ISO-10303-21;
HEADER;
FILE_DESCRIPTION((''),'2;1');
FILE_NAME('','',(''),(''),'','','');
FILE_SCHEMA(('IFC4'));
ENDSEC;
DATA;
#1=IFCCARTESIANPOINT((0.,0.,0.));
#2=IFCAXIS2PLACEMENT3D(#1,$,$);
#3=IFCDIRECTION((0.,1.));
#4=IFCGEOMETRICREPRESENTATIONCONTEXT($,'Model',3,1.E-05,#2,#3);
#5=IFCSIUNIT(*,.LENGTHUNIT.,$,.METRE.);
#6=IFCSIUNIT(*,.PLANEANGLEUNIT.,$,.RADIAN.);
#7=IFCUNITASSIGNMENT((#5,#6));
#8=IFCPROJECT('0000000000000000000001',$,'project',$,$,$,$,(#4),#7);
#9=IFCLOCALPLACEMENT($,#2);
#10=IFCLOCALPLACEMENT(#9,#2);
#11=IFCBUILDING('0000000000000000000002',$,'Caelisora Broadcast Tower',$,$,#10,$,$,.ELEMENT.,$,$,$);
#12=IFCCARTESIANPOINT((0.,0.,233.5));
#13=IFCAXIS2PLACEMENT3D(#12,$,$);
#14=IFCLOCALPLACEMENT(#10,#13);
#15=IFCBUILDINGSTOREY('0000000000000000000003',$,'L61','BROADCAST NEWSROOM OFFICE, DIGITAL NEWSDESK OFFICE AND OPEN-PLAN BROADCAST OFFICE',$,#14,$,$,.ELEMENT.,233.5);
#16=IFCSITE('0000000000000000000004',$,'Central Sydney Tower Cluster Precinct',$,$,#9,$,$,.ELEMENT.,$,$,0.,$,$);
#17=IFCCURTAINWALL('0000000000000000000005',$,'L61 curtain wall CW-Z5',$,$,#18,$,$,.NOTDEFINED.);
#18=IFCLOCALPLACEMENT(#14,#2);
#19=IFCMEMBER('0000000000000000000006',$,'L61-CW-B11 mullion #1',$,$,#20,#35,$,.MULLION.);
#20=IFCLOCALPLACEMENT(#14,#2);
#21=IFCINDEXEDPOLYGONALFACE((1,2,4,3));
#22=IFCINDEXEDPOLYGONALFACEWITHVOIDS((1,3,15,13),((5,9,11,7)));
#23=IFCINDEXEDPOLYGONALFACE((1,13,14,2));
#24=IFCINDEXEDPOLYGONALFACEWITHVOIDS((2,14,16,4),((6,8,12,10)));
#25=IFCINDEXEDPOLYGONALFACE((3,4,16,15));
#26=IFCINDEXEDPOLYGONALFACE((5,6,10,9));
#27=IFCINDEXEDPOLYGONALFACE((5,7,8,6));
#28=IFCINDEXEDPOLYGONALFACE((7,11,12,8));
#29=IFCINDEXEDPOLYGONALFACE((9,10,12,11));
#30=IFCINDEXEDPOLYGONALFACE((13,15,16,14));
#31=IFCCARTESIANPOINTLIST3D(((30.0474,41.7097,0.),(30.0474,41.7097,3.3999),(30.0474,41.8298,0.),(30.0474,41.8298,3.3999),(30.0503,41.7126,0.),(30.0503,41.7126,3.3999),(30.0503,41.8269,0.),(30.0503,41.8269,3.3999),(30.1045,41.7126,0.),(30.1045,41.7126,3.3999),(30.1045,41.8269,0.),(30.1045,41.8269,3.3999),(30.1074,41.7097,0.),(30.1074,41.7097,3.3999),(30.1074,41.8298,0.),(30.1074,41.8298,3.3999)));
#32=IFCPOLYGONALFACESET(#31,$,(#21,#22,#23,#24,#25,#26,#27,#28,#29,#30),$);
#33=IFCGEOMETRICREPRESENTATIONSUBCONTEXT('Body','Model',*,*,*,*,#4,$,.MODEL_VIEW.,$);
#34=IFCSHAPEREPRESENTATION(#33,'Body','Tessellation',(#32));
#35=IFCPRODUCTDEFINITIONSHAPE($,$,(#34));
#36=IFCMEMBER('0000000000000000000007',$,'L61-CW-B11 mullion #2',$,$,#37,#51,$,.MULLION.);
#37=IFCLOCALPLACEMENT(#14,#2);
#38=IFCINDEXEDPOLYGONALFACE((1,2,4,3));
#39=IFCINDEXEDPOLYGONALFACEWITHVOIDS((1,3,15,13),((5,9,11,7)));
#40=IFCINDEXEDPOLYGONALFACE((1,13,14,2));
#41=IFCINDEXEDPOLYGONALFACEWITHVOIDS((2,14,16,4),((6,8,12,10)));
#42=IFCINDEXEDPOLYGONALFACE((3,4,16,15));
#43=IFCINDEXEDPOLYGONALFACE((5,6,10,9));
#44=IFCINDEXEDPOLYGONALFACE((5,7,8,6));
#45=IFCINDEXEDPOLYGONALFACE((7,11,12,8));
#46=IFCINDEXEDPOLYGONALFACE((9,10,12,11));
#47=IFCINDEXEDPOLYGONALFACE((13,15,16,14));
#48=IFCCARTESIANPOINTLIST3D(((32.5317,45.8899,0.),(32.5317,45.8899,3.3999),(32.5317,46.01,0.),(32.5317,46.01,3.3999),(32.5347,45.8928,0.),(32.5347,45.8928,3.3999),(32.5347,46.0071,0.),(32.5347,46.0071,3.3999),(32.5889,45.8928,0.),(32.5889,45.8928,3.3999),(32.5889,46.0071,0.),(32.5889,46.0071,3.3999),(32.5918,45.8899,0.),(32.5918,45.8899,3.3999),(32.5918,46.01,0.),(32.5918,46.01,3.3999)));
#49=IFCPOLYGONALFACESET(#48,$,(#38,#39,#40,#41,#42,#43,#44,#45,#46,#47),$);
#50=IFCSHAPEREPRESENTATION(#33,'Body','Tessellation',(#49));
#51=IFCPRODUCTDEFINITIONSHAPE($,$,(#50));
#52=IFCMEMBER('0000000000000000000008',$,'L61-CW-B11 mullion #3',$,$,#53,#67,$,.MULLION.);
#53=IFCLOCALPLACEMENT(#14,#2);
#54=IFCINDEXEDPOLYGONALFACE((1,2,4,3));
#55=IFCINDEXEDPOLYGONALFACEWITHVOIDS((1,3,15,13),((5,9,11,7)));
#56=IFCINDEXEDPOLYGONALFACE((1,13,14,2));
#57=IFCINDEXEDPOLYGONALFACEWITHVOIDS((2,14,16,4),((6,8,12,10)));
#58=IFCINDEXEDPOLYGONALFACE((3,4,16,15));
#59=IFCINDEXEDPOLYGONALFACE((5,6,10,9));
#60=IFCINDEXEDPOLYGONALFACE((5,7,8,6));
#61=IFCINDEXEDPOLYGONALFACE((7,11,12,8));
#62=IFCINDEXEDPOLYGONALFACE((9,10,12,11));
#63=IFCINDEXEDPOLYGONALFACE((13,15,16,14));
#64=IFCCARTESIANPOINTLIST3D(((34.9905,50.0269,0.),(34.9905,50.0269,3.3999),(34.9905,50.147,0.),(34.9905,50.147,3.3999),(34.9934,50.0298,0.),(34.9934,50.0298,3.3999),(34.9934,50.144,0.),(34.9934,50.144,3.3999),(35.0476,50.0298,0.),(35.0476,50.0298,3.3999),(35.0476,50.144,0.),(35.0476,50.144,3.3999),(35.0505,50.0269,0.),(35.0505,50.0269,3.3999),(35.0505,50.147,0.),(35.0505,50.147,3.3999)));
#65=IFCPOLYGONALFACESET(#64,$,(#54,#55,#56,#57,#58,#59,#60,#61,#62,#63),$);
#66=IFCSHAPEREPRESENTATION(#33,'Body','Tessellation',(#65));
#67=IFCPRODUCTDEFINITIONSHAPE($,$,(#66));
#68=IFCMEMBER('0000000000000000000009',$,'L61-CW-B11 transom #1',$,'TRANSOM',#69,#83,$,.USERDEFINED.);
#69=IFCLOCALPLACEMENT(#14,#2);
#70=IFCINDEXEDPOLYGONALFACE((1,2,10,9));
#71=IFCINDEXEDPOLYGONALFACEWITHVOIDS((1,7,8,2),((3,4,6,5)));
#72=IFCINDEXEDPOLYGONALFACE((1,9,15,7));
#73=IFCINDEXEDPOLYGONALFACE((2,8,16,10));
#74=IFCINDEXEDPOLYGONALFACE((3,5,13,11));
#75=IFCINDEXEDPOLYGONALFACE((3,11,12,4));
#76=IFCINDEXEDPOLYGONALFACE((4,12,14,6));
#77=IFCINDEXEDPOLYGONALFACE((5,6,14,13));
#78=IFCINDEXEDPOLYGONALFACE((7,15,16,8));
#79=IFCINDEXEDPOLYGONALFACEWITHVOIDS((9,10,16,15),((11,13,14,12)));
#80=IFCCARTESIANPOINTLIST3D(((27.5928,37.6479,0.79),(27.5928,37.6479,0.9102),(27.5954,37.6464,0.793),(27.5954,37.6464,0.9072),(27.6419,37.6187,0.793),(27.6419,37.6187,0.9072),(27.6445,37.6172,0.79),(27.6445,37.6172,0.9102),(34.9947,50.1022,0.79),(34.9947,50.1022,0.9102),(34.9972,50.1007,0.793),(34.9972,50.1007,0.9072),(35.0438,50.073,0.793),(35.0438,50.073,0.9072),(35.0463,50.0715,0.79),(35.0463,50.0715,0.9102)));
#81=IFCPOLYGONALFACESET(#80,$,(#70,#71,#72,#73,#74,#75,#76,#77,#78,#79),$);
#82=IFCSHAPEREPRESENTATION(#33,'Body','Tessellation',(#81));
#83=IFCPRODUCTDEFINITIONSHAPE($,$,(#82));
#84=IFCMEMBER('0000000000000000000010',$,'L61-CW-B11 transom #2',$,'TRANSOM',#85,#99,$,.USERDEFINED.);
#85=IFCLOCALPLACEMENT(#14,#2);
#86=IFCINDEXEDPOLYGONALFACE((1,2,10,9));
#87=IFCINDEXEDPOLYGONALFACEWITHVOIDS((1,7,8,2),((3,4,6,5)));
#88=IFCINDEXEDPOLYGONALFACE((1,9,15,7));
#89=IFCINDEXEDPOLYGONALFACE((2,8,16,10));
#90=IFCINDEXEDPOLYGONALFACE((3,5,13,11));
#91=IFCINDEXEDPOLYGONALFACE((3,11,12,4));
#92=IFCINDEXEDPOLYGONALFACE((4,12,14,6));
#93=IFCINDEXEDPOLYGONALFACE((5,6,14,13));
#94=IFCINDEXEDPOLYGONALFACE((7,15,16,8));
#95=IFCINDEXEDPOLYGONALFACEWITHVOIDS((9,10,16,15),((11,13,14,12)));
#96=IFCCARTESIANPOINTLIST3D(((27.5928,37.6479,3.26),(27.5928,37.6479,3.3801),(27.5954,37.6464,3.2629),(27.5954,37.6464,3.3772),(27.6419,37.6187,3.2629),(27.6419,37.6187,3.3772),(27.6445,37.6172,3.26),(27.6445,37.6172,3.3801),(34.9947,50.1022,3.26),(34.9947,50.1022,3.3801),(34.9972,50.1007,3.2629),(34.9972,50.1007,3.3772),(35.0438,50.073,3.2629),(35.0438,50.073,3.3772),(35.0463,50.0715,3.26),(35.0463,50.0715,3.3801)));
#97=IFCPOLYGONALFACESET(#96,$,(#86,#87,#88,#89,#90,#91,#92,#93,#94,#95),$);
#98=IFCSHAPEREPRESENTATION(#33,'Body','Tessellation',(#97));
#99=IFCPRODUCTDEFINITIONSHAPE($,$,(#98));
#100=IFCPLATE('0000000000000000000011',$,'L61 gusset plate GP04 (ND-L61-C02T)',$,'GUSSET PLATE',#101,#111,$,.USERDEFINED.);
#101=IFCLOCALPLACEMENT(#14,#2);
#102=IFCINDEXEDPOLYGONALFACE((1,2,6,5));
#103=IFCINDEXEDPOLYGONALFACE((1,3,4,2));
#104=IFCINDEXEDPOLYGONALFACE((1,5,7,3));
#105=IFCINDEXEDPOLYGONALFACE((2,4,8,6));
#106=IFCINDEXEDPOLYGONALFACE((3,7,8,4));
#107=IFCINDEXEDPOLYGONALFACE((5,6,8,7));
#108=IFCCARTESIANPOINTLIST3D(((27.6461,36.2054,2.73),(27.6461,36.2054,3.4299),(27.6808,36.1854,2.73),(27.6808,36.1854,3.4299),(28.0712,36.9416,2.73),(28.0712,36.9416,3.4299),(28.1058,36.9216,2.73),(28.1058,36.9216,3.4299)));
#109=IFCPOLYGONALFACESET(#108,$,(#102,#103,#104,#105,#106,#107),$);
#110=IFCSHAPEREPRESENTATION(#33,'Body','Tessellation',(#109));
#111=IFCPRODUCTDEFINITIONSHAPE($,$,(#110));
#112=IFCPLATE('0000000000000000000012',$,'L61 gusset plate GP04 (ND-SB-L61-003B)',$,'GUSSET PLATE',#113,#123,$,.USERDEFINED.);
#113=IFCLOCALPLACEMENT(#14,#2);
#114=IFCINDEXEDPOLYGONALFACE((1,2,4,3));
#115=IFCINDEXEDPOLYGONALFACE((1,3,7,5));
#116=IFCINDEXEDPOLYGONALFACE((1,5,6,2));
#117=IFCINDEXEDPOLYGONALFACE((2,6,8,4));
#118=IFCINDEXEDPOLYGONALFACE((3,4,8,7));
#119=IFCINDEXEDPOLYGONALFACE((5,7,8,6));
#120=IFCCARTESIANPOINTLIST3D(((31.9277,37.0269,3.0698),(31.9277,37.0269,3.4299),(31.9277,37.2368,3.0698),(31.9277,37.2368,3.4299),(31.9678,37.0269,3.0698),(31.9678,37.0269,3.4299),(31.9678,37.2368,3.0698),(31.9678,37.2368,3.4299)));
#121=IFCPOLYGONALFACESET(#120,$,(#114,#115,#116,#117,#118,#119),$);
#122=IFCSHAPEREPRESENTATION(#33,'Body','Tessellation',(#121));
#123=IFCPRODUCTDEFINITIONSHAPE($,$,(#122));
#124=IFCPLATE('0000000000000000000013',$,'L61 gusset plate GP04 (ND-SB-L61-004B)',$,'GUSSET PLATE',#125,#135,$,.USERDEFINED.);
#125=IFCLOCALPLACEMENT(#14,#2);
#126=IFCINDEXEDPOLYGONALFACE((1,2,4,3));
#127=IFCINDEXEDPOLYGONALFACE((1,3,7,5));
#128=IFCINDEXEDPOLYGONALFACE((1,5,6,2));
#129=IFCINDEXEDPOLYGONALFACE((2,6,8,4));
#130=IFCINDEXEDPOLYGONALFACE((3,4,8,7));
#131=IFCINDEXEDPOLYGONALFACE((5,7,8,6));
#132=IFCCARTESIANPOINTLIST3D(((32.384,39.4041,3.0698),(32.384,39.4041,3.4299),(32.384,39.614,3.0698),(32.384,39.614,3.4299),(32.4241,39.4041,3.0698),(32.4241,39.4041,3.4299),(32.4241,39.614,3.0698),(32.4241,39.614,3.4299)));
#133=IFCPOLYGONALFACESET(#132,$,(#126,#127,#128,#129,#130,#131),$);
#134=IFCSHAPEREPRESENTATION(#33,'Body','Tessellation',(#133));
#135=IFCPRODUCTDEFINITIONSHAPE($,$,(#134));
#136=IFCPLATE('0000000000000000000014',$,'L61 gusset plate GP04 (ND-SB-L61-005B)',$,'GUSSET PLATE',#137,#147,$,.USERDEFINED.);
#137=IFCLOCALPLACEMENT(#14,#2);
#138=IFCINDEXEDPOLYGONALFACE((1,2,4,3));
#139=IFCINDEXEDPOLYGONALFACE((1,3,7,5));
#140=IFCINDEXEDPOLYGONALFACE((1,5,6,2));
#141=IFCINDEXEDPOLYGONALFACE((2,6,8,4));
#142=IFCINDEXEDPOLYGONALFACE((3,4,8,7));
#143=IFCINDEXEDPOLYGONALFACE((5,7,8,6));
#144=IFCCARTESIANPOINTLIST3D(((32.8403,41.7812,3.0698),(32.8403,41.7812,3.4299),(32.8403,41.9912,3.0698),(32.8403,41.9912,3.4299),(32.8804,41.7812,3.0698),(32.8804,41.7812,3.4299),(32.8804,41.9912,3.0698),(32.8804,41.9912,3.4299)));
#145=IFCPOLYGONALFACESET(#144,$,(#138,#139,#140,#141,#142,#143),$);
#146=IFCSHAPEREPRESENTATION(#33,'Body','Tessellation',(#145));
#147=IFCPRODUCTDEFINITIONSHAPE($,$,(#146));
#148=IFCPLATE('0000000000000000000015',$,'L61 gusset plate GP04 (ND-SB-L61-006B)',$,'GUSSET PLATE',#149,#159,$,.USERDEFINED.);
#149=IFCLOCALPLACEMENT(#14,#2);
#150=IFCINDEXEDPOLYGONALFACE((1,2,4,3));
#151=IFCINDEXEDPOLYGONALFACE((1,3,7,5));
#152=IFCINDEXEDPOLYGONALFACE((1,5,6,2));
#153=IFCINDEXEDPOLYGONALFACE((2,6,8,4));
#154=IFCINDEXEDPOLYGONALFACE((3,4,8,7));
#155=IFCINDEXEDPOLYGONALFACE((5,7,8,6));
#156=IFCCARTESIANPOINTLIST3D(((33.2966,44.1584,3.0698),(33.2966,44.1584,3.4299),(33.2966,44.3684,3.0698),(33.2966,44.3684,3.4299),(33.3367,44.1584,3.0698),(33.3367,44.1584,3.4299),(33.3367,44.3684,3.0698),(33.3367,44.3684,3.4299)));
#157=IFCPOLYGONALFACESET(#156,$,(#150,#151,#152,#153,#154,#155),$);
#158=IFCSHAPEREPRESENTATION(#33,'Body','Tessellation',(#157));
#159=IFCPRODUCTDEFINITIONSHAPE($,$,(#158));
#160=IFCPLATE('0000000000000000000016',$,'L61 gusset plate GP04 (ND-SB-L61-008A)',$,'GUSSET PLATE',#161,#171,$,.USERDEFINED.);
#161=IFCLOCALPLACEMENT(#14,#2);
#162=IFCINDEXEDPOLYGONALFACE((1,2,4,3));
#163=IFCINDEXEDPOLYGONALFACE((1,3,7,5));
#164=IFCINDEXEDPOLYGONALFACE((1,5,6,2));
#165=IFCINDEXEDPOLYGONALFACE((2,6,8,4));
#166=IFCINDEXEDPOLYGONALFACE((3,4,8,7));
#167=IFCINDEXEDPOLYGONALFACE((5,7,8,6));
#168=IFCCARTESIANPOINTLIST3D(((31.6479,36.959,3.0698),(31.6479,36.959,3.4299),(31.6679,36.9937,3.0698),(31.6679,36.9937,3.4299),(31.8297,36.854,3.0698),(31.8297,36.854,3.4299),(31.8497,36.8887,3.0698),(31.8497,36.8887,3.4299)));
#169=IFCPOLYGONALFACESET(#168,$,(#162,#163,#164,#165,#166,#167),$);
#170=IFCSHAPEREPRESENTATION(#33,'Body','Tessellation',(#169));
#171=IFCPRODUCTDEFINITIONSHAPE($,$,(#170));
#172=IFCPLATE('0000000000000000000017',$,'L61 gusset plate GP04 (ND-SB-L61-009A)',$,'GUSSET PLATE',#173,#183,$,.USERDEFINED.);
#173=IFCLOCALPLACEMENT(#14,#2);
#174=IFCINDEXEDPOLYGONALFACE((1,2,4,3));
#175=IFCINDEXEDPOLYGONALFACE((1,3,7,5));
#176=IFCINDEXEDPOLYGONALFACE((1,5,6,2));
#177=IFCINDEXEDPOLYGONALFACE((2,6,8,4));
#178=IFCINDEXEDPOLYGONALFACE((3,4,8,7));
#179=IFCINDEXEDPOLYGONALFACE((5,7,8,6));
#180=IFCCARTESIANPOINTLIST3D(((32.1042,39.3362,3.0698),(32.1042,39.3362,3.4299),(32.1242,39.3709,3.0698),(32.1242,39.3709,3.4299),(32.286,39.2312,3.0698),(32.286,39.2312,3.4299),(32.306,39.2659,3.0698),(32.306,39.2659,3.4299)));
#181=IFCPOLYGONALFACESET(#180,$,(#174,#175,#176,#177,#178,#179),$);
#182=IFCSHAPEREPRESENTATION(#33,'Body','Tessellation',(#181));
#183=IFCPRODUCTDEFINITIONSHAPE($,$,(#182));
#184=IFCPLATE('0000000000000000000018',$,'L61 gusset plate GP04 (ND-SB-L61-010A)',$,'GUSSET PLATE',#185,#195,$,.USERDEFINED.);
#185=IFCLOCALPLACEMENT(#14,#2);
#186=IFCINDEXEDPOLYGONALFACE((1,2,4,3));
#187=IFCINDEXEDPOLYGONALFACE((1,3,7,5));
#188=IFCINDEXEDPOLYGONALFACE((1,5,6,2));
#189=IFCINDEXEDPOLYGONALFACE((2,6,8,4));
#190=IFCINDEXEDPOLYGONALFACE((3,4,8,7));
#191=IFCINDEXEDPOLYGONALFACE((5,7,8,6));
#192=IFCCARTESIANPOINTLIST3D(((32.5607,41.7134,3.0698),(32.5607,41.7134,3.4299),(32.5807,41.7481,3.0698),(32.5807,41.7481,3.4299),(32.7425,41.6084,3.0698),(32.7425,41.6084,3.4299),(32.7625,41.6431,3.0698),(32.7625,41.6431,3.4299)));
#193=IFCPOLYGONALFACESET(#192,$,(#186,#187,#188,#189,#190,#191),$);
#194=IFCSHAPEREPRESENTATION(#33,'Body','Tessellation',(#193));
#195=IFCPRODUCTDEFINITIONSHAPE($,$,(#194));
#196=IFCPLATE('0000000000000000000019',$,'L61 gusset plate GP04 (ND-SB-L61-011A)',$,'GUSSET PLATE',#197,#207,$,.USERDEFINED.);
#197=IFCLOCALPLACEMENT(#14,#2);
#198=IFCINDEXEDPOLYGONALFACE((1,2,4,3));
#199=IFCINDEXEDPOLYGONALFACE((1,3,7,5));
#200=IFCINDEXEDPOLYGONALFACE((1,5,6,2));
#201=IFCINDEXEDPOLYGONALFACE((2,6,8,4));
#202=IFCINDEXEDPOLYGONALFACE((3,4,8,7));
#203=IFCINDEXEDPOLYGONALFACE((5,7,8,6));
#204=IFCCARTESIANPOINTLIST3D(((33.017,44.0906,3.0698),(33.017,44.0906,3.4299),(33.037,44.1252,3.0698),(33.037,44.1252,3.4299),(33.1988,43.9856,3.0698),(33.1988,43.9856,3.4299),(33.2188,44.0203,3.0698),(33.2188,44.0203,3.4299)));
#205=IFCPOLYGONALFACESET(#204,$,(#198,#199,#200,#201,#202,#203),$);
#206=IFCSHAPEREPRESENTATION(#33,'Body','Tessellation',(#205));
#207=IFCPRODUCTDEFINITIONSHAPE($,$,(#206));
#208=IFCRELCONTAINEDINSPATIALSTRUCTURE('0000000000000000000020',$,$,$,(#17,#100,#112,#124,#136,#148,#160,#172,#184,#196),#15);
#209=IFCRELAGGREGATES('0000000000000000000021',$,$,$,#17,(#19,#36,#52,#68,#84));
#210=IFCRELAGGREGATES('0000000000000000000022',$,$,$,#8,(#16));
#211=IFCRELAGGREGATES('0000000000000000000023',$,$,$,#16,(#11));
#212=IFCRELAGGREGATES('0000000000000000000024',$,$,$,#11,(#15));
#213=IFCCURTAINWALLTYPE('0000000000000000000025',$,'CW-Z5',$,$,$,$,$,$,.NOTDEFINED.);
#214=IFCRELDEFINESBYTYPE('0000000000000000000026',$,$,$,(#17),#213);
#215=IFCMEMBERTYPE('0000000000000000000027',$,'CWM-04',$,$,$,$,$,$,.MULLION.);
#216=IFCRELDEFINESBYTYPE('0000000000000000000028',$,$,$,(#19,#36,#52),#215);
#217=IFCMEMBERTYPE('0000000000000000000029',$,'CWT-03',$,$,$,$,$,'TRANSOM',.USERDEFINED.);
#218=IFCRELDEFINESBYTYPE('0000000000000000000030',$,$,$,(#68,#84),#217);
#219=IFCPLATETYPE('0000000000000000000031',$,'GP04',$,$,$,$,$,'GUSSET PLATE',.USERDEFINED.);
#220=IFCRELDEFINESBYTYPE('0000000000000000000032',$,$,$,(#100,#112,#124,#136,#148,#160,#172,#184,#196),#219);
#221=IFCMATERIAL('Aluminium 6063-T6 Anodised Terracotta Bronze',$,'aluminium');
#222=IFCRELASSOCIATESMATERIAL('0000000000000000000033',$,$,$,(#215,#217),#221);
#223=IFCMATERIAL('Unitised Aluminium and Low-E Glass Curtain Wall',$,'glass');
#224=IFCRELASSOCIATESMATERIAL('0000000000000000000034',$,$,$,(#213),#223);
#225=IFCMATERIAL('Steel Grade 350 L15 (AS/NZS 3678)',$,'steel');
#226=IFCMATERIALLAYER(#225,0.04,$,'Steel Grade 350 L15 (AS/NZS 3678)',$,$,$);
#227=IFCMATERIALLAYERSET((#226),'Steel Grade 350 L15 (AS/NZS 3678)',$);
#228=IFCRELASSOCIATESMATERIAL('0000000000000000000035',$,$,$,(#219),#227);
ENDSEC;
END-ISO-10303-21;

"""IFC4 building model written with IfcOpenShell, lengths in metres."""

from ifc_helpers import new_model, si_unit, direction, frame, origin, origin_2d, place, context, subcontext, project, spatial, rectangle, hollow_rectangle, extrude, source, transform, mapped, material, layer, layer_set, material_profile, profile_set, type_object, type_shapes, element, aggregate, save


model = new_model("IFC4")

# Units and contexts
model_context = context("Model", 3, precision=1e-05, world=origin(), true_north=direction((0.0, 1.0)))
body_context = subcontext(model_context, "Body", "Model", "MODEL_VIEW")
ifc_project = project(units=[si_unit("LENGTHUNIT", "METRE"), si_unit("PLANEANGLEUNIT", "RADIAN")], contexts=[model_context])

# Site, building, storey
site_placement = place(None, origin())
site = spatial("IfcSite", under=ifc_project, at=site_placement, Name="Central Sydney Tower Cluster Precinct", CompositionType="ELEMENT", RefElevation=0.0)
building_placement = place(site_placement, origin())
building = spatial("IfcBuilding", under=site, at=building_placement, Name="Caelisora Broadcast Tower", CompositionType="ELEMENT")
storey_placement = place(building_placement, frame((0.0, 0.0, 233.5)))
storey = spatial("IfcBuildingStorey", under=building, at=storey_placement, Name="L61", Description="BROADCAST NEWSROOM OFFICE, DIGITAL NEWSDESK OFFICE AND OPEN-PLAN BROADCAST OFFICE", CompositionType="ELEMENT", Elevation=233.5)

# Shared definitions
ifc_material_1 = material(Name="Steel Grade 350 L15 (AS/NZS 3678)", Category="steel")

# Shared definitions
ifc_material_2 = material(Name="Aluminium 6063-T6 Anodised Terracotta Bronze", Category="aluminium")
ifc_material_profile_1 = material_profile(ifc_material_2, hollow_rectangle(XDim=0.0601, YDim=0.1201, WallThickness=0.0029, at=origin_2d()), Name="Aluminium 6063-T6 Anodised Terracotta Bronze")
ifc_profile_set_1 = profile_set([ifc_material_profile_1], Name="Aluminium 6063-T6 Anodised Terracotta Bronze")
member_type_1 = type_object("IfcMemberType", Name="CWM-04", PredefinedType="MULLION", material=ifc_profile_set_1)
shared_shape_1 = source(origin(), body_context, "Body", "SweptSolid", [
    extrude(hollow_rectangle(XDim=0.0601, YDim=0.1201, WallThickness=0.0029, at=origin_2d()), origin(), (0.0, 0.0, 1.0), 3.3999),
])
type_shapes(member_type_1, [shared_shape_1])

# Curtain wall, members
ifc_material_3 = material(Name="Unitised Aluminium and Low-E Glass Curtain Wall", Category="glass")
curtain_wall_type_1 = type_object("IfcCurtainWallType", Name="CW-Z5", PredefinedType="NOTDEFINED", material=ifc_material_3)
curtain_wall_1_placement = place(storey_placement, origin())
curtain_wall_1 = element("IfcCurtainWall", 1, at=curtain_wall_1_placement, inside=storey, type_object=curtain_wall_type_1, Name="L61 curtain wall CW-Z5", PredefinedType="NOTDEFINED")
member_1_placement = place(storey_placement, frame((30.0774, 41.7698, 0.0), z_axis=(0.0, 0.0, 1.0), x_axis=(1.0, 0.0, 0.0)))
member_1 = element("IfcMember", 2, at=member_1_placement, type_object=member_type_1, Name="L61-CW-B11 mullion #1", PredefinedType="MULLION", context=body_context, shape_type="MappedRepresentation", body=[
    mapped(shared_shape_1, transform((0.0, 0.0, 0.0), scale=1.0)),
])
member_2_placement = place(storey_placement, frame((32.5618, 45.95, 0.0), z_axis=(0.0, 0.0, 1.0), x_axis=(1.0, 0.0, 0.0)))
member_2 = element("IfcMember", 3, at=member_2_placement, type_object=member_type_1, Name="L61-CW-B11 mullion #2", PredefinedType="MULLION", context=body_context, shape_type="MappedRepresentation", body=[
    mapped(shared_shape_1, transform((0.0, 0.0, 0.0), scale=1.0)),
])
member_3_placement = place(storey_placement, frame((35.0205, 50.0869, 0.0), z_axis=(0.0, 0.0, 1.0), x_axis=(1.0, 0.0, 0.0)))
member_3 = element("IfcMember", 4, at=member_3_placement, type_object=member_type_1, Name="L61-CW-B11 mullion #3", PredefinedType="MULLION", context=body_context, shape_type="MappedRepresentation", body=[
    mapped(shared_shape_1, transform((0.0, 0.0, 0.0), scale=1.0)),
])
ifc_material_profile_2 = material_profile(ifc_material_2, hollow_rectangle(XDim=0.0601, YDim=0.1201, WallThickness=0.0029, at=origin_2d()), Name="Aluminium 6063-T6 Anodised Terracotta Bronze")
ifc_profile_set_2 = profile_set([ifc_material_profile_2], Name="Aluminium 6063-T6 Anodised Terracotta Bronze")
member_type_2 = type_object("IfcMemberType", Name="CWT-03", ElementType="TRANSOM", PredefinedType="USERDEFINED", material=ifc_profile_set_2)
shared_shape_2 = source(origin(), body_context, "Body", "SweptSolid", [
    extrude(hollow_rectangle(XDim=0.0601, YDim=0.1201, WallThickness=0.0029, at=origin_2d()), origin(), (0.0, 0.0, 1.0), 14.4878),
])
type_shapes(member_type_2, [shared_shape_2])
member_4_placement = place(storey_placement, frame((27.6187, 37.6326, 0.8501), z_axis=(0.5109, 0.85964, 0.0), x_axis=(-0.85964, 0.5109, 0.0)))
member_4 = element("IfcMember", 5, at=member_4_placement, type_object=member_type_2, Name="L61-CW-B11 transom #1", ObjectType="TRANSOM", PredefinedType="USERDEFINED", context=body_context, shape_type="MappedRepresentation", body=[
    mapped(shared_shape_2, transform((0.0, 0.0, 0.0), scale=1.0)),
])
member_5_placement = place(storey_placement, frame((27.6187, 37.6326, 3.3201), z_axis=(0.5109, 0.85964, 0.0), x_axis=(-0.85964, 0.5109, 0.0)))
member_5 = element("IfcMember", 6, at=member_5_placement, type_object=member_type_2, Name="L61-CW-B11 transom #2", ObjectType="TRANSOM", PredefinedType="USERDEFINED", context=body_context, shape_type="MappedRepresentation", body=[
    mapped(shared_shape_2, transform((0.0, 0.0, 0.0), scale=1.0)),
])

# Plates
ifc_layer_1 = layer(ifc_material_1, 0.04, Name="Steel Grade 350 L15 (AS/NZS 3678)")
ifc_layer_set_1 = layer_set([ifc_layer_1], Name="Steel Grade 350 L15 (AS/NZS 3678)")
plate_type_1 = type_object("IfcPlateType", Name="GP04", ElementType="GUSSET PLATE", PredefinedType="USERDEFINED", material=ifc_layer_set_1)
shared_shape_3 = source(origin(), body_context, "Body", "SweptSolid", [
    extrude(rectangle(XDim=0.8501, YDim=0.04, at=origin_2d()), origin(), (0.0, 0.0, 1.0), 0.7),
])
plate_1_placement = place(storey_placement, frame((27.876, 36.5635, 2.73), z_axis=(0.0, 0.0, 1.0), x_axis=(-0.5, -0.866025, 0.0)))
element("IfcPlate", 7, at=plate_1_placement, inside=storey, type_object=plate_type_1, Name="L61 gusset plate GP04 (ND-L61-C02T)", ObjectType="GUSSET PLATE", PredefinedType="USERDEFINED", context=body_context, shape_type="MappedRepresentation", body=[
    mapped(shared_shape_3, transform((0.0, 0.0, 0.0), scale=1.0)),
])
shared_shape_4 = source(origin(), body_context, "Body", "SweptSolid", [
    extrude(rectangle(XDim=0.21, YDim=0.04, at=origin_2d()), origin(), (0.0, 0.0, 1.0), 0.3601),
])
type_shapes(plate_type_1, [shared_shape_3, shared_shape_4])
for number, where, z_axis, x_axis, name in (
    (8, (31.9478, 37.1318, 3.0698), (0.0, 0.0, 1.0), (0.0, -1.0, 0.0), "L61 gusset plate GP04 (ND-SB-L61-003B)"),
    (9, (32.4041, 39.509, 3.0698), (0.0, 0.0, 1.0), (0.0, -1.0, 0.0), "L61 gusset plate GP04 (ND-SB-L61-004B)"),
    (10, (32.8604, 41.8862, 3.0698), (0.0, 0.0, 1.0), (0.0, -1.0, 0.0), "L61 gusset plate GP04 (ND-SB-L61-005B)"),
    (11, (33.3167, 44.2634, 3.0698), (0.0, 0.0, 1.0), (0.0, -1.0, 0.0), "L61 gusset plate GP04 (ND-SB-L61-006B)"),
    (12, (31.7488, 36.9238, 3.0698), (0.0, 0.0, 1.0), (0.866025, -0.5, 0.0), "L61 gusset plate GP04 (ND-SB-L61-008A)"),
    (13, (32.2051, 39.301, 3.0698), (0.0, 0.0, 1.0), (0.866025, -0.5, 0.0), "L61 gusset plate GP04 (ND-SB-L61-009A)"),
    (14, (32.6616, 41.6782, 3.0698), (0.0, 0.0, 1.0), (0.866025, -0.5, 0.0), "L61 gusset plate GP04 (ND-SB-L61-010A)"),
    (15, (33.1179, 44.0554, 3.0698), (0.0, 0.0, 1.0), (0.866025, -0.5, 0.0), "L61 gusset plate GP04 (ND-SB-L61-011A)"),
):
    element("IfcPlate", number, at=place(storey_placement, frame(where, z_axis=z_axis, x_axis=x_axis)), inside=storey, type_object=plate_type_1, Name=name, ObjectType="GUSSET PLATE", PredefinedType="USERDEFINED", context=body_context, shape_type="MappedRepresentation", body=[
        mapped(shared_shape_4, transform((0.0, 0.0, 0.0), scale=1.0)),
    ])

aggregate(curtain_wall_1, [member_1, member_2, member_3, member_4, member_5])

save(model, "model.ifc")
